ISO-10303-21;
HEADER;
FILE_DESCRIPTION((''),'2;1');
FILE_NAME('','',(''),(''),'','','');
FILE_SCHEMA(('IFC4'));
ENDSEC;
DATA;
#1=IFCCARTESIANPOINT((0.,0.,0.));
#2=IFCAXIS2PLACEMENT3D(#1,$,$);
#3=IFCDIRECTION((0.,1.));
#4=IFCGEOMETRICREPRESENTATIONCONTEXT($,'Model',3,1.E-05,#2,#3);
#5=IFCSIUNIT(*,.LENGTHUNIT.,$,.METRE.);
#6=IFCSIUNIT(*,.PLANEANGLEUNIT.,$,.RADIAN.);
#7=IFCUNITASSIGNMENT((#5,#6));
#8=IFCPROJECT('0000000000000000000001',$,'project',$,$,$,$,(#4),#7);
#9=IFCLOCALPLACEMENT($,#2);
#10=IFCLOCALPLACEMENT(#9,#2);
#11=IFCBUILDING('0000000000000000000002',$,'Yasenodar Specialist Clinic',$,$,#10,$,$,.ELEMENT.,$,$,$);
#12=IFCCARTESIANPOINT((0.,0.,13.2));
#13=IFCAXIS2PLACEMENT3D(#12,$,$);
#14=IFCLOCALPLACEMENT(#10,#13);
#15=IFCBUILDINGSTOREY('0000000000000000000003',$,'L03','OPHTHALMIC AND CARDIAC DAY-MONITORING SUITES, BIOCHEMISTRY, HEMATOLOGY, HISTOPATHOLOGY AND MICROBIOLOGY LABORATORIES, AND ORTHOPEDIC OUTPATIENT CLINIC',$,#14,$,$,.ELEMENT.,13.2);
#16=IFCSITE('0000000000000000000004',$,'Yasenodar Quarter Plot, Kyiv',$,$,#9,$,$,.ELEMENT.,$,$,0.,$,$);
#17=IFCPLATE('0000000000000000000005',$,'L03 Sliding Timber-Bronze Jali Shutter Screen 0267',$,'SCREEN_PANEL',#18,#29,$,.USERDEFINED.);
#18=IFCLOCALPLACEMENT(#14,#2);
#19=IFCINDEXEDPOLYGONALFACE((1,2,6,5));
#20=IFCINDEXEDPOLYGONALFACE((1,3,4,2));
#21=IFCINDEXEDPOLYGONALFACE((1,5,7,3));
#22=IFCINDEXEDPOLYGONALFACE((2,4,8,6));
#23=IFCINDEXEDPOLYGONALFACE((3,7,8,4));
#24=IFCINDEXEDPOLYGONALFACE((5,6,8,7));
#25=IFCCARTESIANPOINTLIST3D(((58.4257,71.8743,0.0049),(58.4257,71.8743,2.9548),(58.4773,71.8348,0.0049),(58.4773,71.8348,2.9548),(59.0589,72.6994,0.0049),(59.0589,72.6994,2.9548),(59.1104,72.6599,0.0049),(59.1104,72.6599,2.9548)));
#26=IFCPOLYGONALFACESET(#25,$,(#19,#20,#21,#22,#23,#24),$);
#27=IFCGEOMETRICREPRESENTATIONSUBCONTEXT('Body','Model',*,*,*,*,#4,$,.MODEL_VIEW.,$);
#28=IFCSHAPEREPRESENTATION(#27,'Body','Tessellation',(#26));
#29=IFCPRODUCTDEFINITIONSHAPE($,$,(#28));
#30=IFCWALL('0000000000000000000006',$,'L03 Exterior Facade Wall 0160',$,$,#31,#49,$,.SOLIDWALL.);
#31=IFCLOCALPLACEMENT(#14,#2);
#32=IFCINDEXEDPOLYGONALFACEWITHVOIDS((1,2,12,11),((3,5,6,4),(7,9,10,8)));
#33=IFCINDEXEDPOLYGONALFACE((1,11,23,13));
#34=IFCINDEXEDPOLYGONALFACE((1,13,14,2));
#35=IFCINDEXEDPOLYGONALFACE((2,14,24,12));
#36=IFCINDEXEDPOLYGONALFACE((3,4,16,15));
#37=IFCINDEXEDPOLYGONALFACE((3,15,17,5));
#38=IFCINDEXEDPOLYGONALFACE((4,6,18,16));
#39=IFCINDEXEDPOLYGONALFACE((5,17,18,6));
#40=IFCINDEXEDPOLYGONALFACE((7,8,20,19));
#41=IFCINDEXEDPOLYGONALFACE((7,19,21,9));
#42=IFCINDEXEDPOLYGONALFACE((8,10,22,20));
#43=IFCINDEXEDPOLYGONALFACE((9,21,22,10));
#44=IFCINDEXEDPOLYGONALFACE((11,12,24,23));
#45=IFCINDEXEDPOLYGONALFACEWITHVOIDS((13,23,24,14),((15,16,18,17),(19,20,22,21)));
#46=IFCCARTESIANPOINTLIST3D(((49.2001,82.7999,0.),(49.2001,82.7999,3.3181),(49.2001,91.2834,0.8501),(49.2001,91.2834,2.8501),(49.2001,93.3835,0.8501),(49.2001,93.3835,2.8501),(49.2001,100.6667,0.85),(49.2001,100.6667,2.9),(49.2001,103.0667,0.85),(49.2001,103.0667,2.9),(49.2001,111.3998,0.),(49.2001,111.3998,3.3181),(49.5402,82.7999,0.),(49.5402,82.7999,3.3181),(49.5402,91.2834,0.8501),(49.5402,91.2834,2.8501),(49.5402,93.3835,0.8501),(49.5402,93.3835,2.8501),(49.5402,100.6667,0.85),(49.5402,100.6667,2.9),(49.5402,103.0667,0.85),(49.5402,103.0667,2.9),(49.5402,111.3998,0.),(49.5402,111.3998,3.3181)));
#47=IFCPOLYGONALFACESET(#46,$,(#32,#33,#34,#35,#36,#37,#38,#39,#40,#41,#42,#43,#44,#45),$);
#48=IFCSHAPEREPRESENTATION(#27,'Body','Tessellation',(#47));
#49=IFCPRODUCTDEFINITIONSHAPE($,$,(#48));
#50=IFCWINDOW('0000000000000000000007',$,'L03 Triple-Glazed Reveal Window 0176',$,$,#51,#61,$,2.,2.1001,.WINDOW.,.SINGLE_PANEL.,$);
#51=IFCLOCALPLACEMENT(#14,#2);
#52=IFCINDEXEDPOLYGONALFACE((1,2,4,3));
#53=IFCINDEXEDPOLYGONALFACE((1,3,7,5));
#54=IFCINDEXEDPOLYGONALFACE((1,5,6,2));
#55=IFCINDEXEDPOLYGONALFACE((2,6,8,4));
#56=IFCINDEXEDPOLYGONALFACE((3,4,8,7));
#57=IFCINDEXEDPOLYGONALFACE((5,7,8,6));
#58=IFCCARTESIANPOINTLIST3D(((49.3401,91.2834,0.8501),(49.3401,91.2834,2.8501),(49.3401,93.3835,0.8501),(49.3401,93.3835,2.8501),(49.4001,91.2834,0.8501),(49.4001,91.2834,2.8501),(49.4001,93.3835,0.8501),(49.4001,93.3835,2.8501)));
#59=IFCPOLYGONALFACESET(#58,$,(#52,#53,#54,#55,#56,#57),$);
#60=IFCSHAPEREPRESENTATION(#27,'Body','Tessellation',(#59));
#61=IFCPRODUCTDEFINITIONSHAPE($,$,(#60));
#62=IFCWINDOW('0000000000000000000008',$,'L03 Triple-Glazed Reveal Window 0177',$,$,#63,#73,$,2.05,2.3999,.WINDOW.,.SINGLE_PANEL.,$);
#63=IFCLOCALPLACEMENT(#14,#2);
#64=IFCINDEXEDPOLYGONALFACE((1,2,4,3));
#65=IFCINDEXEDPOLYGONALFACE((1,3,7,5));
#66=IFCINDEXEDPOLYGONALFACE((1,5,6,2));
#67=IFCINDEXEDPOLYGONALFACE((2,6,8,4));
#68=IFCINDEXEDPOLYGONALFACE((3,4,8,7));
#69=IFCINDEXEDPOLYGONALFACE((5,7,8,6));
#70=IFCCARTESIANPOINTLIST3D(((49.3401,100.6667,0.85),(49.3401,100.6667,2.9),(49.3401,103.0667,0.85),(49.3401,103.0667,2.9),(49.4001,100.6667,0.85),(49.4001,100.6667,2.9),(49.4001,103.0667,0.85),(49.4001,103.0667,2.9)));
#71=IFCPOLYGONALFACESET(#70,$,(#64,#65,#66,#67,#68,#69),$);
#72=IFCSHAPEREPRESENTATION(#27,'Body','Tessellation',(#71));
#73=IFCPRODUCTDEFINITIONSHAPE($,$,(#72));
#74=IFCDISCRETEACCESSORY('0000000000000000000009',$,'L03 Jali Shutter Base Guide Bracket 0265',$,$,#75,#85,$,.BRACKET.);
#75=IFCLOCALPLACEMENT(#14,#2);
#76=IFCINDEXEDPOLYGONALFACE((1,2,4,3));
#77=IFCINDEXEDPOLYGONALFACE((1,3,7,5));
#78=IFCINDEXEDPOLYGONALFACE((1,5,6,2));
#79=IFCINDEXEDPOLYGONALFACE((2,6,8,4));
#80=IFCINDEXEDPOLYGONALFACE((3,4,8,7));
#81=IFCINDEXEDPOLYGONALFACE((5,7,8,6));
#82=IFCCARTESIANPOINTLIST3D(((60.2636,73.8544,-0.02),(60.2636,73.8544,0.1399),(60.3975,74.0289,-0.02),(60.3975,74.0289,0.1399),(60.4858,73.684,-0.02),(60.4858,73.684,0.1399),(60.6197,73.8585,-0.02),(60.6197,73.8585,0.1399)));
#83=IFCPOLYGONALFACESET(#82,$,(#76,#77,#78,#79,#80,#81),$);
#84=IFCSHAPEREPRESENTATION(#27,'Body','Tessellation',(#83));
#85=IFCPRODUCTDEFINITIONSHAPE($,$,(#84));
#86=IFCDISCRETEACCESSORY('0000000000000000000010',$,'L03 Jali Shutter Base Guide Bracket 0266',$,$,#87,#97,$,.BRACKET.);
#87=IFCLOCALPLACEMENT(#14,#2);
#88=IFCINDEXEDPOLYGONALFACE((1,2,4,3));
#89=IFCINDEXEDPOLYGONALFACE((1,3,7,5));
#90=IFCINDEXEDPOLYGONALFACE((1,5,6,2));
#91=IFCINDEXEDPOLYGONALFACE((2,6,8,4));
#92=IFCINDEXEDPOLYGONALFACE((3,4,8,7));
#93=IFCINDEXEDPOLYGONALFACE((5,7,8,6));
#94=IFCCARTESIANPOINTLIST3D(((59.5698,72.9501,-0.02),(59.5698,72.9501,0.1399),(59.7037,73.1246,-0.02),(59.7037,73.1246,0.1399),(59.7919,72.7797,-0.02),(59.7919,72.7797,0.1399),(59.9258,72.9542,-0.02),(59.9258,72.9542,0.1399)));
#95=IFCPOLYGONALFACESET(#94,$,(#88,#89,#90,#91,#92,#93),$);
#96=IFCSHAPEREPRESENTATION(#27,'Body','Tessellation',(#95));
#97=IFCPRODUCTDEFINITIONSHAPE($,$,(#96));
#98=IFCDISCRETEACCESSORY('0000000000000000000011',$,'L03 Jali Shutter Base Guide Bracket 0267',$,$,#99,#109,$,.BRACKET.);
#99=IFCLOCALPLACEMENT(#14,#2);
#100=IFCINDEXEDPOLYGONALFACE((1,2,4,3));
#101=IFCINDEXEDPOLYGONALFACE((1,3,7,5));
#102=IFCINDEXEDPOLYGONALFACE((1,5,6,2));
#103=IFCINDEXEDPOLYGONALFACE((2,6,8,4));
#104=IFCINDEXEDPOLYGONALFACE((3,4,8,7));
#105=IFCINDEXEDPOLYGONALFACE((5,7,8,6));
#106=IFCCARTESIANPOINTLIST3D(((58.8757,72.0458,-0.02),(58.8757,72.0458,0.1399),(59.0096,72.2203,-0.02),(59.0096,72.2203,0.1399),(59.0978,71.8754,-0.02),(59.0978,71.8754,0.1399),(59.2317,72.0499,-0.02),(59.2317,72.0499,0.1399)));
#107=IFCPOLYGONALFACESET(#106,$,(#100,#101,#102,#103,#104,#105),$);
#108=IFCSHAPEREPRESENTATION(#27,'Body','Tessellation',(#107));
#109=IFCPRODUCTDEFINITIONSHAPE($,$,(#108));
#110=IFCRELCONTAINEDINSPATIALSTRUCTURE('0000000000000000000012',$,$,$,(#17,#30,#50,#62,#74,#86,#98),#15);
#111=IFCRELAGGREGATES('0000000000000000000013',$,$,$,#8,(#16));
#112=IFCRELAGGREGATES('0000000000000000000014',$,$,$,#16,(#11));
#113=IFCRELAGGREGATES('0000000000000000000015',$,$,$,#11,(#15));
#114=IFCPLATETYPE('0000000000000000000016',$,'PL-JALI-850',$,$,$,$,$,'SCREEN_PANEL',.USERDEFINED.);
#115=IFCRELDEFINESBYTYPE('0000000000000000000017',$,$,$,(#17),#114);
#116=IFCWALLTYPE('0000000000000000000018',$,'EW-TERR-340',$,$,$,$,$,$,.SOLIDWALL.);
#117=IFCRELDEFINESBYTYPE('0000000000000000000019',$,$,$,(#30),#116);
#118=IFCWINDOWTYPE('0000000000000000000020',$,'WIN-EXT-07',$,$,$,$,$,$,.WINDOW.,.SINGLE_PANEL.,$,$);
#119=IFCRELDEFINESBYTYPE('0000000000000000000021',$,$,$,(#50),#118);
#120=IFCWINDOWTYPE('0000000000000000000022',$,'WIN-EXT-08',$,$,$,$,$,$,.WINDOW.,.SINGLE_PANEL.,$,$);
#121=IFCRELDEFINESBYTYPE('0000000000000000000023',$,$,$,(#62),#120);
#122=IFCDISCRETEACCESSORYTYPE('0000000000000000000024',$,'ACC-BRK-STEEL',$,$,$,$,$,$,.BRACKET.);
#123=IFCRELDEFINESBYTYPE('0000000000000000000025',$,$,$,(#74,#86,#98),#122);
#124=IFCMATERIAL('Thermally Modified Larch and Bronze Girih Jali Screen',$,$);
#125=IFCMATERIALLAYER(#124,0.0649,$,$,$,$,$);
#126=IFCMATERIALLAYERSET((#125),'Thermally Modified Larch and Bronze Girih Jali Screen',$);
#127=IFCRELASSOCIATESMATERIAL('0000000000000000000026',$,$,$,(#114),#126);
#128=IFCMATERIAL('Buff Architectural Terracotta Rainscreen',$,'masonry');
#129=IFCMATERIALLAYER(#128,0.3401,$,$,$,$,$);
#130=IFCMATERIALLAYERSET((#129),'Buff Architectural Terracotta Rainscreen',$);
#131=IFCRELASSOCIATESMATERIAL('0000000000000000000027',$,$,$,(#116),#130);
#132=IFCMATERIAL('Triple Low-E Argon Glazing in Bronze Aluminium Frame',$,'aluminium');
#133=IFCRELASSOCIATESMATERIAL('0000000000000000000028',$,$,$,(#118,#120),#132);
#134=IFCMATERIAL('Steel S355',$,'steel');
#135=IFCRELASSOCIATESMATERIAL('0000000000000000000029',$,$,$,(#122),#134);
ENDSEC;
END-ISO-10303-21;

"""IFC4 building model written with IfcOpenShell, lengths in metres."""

from ifc_helpers import new_model, si_unit, direction, frame, frame_2d, origin, origin_2d, place, context, subcontext, project, spatial, rectangle, extrude, material, layer, layer_set, type_object, element, fill, save


model = new_model("IFC4")

# Units and contexts
model_context = context("Model", 3, precision=1e-05, world=origin(), true_north=direction((0.0, 1.0)))
body_context = subcontext(model_context, "Body", "Model", "MODEL_VIEW")
ifc_project = project(units=[si_unit("LENGTHUNIT", "METRE"), si_unit("PLANEANGLEUNIT", "RADIAN")], contexts=[model_context])

# Site, building, storey
site_placement = place(None, origin())
site = spatial("IfcSite", under=ifc_project, at=site_placement, Name="Yasenodar Quarter Plot, Kyiv", CompositionType="ELEMENT", RefElevation=0.0)
building_placement = place(site_placement, origin())
building = spatial("IfcBuilding", under=site, at=building_placement, Name="Yasenodar Specialist Clinic", CompositionType="ELEMENT")
storey_placement = place(building_placement, frame((0.0, 0.0, 13.2)))
storey = spatial("IfcBuildingStorey", under=building, at=storey_placement, Name="L03", Description="OPHTHALMIC AND CARDIAC DAY-MONITORING SUITES, BIOCHEMISTRY, HEMATOLOGY, HISTOPATHOLOGY AND MICROBIOLOGY LABORATORIES, AND ORTHOPEDIC OUTPATIENT CLINIC", CompositionType="ELEMENT", Elevation=13.2)

# Shared definitions
ifc_material_1 = material(Name="Steel S355", Category="steel")

# Plate
ifc_material_2 = material(Name="Thermally Modified Larch and Bronze Girih Jali Screen")
ifc_layer_1 = layer(ifc_material_2, 0.0649)
ifc_layer_set_1 = layer_set([ifc_layer_1], Name="Thermally Modified Larch and Bronze Girih Jali Screen")
plate_type_1 = type_object("IfcPlateType", Name="PL-JALI-850", ElementType="SCREEN_PANEL", PredefinedType="USERDEFINED", material=ifc_layer_set_1)
for number, where, z_axis, x_axis, name in (
    (1, (58.7681, 72.2671, 0.0049), (0.0, 0.0, 1.0), (-0.608764, -0.793351, 0.0), "L03 Sliding Timber-Bronze Jali Shutter Screen 0267"),
):
    element("IfcPlate", number, at=place(storey_placement, frame(where, z_axis=z_axis, x_axis=x_axis)), inside=storey, type_object=plate_type_1, Name=name, ObjectType="SCREEN_PANEL", PredefinedType="USERDEFINED", context=body_context, shape_type="SweptSolid", body=[
        extrude(rectangle(XDim=1.04, YDim=0.0649, at=origin_2d()), origin(), (0.0, 0.0, 1.0), 2.95),
    ])

# Wall, openings, windows
ifc_material_3 = material(Name="Buff Architectural Terracotta Rainscreen", Category="masonry")
ifc_layer_2 = layer(ifc_material_3, 0.3401)
ifc_layer_set_2 = layer_set([ifc_layer_2], Name="Buff Architectural Terracotta Rainscreen")
wall_type = type_object("IfcWallType", Name="EW-TERR-340", PredefinedType="SOLIDWALL", material=ifc_layer_set_2)
wall_placement = place(storey_placement, frame((49.3701, 82.8, 0.0), z_axis=(0.0, 0.0, 1.0), x_axis=(0.0, 1.0, 0.0)))
wall = element("IfcWall", 2, at=wall_placement, inside=storey, type_object=wall_type, Name="L03 Exterior Facade Wall 0160", PredefinedType="SOLIDWALL", context=body_context, shape_type="SweptSolid", body=[
    extrude(rectangle(XDim=28.5999, YDim=0.3401, at=frame_2d((14.2998, 0.0))), origin(), (0.0, 0.0, 1.0), 3.3181),
])
opening_1_placement = place(wall_placement, frame((8.4834, 0.0, 0.8501)))
opening_1 = element("IfcOpeningElement", 3, at=opening_1_placement, cuts=wall, PredefinedType="OPENING", context=body_context, shape_type="SweptSolid", body=[
    extrude(rectangle(XDim=2.1001, YDim=2.0, at=frame_2d((1.05, 1.0))), frame((0.0, 0.1802, 0.0), z_axis=(0.0, -1.0, 0.0), x_axis=(1.0, 0.0, 0.0)), (0.0, 0.0, 1.0), 0.3601),
])
opening_2_placement = place(wall_placement, frame((17.8667, 0.0, 0.8501)))
opening_2 = element("IfcOpeningElement", 4, at=opening_2_placement, cuts=wall, PredefinedType="OPENING", context=body_context, shape_type="SweptSolid", body=[
    extrude(rectangle(XDim=2.3999, YDim=2.05, at=frame_2d((1.2, 1.0249))), frame((0.0, 0.1802, 0.0), z_axis=(0.0, -1.0, 0.0), x_axis=(1.0, 0.0, 0.0)), (0.0, 0.0, 1.0), 0.3601),
])
ifc_material_4 = material(Name="Triple Low-E Argon Glazing in Bronze Aluminium Frame", Category="aluminium")
window_type_1 = type_object("IfcWindowType", Name="WIN-EXT-07", PartitioningType="SINGLE_PANEL", PredefinedType="WINDOW", material=ifc_material_4)
window_1_placement = place(opening_1_placement, origin())
window_1 = element("IfcWindow", 5, at=window_1_placement, inside=storey, type_object=window_type_1, Name="L03 Triple-Glazed Reveal Window 0176", OverallHeight=2.0, OverallWidth=2.1001, PartitioningType="SINGLE_PANEL", PredefinedType="WINDOW", context=body_context, shape_type="SweptSolid", body=[
    extrude(rectangle(XDim=2.1001, YDim=2.0, at=frame_2d((1.05, 1.0))), frame((0.0, 0.03, 0.0), z_axis=(0.0, -1.0, 0.0), x_axis=(1.0, 0.0, 0.0)), (0.0, 0.0, 1.0), 0.0601),
])
fill(opening_1, window_1)
window_type_2 = type_object("IfcWindowType", Name="WIN-EXT-08", PartitioningType="SINGLE_PANEL", PredefinedType="WINDOW", material=ifc_material_4)
window_2_placement = place(opening_2_placement, origin())
window_2 = element("IfcWindow", 6, at=window_2_placement, inside=storey, type_object=window_type_2, Name="L03 Triple-Glazed Reveal Window 0177", OverallHeight=2.05, OverallWidth=2.3999, PartitioningType="SINGLE_PANEL", PredefinedType="WINDOW", context=body_context, shape_type="SweptSolid", body=[
    extrude(rectangle(XDim=2.3999, YDim=2.05, at=frame_2d((1.2, 1.0249))), frame((0.0, 0.03, 0.0), z_axis=(0.0, -1.0, 0.0), x_axis=(1.0, 0.0, 0.0)), (0.0, 0.0, 1.0), 0.0601),
])
fill(opening_2, window_2)

# Discrete accessories
discrete_accessory_type = type_object("IfcDiscreteAccessoryType", Name="ACC-BRK-STEEL", PredefinedType="BRACKET", material=ifc_material_1)
for number, where, z_axis, x_axis, name in (
    (7, (60.4417, 73.8564, -0.02), (0.0, 0.0, 1.0), (-0.608764, -0.793351, 0.0), "L03 Jali Shutter Base Guide Bracket 0265"),
    (8, (59.7478, 72.9521, -0.02), (0.0, 0.0, 1.0), (-0.608764, -0.793351, 0.0), "L03 Jali Shutter Base Guide Bracket 0266"),
    (9, (59.0537, 72.0479, -0.02), (0.0, 0.0, 1.0), (-0.608764, -0.793351, 0.0), "L03 Jali Shutter Base Guide Bracket 0267"),
):
    element("IfcDiscreteAccessory", number, at=place(storey_placement, frame(where, z_axis=z_axis, x_axis=x_axis)), inside=storey, type_object=discrete_accessory_type, Name=name, PredefinedType="BRACKET", context=body_context, shape_type="SweptSolid", body=[
        extrude(rectangle(XDim=0.22, YDim=0.28, at=origin_2d()), origin(), (0.0, 0.0, 1.0), 0.1599),
    ])

save(model, "model.ifc")
